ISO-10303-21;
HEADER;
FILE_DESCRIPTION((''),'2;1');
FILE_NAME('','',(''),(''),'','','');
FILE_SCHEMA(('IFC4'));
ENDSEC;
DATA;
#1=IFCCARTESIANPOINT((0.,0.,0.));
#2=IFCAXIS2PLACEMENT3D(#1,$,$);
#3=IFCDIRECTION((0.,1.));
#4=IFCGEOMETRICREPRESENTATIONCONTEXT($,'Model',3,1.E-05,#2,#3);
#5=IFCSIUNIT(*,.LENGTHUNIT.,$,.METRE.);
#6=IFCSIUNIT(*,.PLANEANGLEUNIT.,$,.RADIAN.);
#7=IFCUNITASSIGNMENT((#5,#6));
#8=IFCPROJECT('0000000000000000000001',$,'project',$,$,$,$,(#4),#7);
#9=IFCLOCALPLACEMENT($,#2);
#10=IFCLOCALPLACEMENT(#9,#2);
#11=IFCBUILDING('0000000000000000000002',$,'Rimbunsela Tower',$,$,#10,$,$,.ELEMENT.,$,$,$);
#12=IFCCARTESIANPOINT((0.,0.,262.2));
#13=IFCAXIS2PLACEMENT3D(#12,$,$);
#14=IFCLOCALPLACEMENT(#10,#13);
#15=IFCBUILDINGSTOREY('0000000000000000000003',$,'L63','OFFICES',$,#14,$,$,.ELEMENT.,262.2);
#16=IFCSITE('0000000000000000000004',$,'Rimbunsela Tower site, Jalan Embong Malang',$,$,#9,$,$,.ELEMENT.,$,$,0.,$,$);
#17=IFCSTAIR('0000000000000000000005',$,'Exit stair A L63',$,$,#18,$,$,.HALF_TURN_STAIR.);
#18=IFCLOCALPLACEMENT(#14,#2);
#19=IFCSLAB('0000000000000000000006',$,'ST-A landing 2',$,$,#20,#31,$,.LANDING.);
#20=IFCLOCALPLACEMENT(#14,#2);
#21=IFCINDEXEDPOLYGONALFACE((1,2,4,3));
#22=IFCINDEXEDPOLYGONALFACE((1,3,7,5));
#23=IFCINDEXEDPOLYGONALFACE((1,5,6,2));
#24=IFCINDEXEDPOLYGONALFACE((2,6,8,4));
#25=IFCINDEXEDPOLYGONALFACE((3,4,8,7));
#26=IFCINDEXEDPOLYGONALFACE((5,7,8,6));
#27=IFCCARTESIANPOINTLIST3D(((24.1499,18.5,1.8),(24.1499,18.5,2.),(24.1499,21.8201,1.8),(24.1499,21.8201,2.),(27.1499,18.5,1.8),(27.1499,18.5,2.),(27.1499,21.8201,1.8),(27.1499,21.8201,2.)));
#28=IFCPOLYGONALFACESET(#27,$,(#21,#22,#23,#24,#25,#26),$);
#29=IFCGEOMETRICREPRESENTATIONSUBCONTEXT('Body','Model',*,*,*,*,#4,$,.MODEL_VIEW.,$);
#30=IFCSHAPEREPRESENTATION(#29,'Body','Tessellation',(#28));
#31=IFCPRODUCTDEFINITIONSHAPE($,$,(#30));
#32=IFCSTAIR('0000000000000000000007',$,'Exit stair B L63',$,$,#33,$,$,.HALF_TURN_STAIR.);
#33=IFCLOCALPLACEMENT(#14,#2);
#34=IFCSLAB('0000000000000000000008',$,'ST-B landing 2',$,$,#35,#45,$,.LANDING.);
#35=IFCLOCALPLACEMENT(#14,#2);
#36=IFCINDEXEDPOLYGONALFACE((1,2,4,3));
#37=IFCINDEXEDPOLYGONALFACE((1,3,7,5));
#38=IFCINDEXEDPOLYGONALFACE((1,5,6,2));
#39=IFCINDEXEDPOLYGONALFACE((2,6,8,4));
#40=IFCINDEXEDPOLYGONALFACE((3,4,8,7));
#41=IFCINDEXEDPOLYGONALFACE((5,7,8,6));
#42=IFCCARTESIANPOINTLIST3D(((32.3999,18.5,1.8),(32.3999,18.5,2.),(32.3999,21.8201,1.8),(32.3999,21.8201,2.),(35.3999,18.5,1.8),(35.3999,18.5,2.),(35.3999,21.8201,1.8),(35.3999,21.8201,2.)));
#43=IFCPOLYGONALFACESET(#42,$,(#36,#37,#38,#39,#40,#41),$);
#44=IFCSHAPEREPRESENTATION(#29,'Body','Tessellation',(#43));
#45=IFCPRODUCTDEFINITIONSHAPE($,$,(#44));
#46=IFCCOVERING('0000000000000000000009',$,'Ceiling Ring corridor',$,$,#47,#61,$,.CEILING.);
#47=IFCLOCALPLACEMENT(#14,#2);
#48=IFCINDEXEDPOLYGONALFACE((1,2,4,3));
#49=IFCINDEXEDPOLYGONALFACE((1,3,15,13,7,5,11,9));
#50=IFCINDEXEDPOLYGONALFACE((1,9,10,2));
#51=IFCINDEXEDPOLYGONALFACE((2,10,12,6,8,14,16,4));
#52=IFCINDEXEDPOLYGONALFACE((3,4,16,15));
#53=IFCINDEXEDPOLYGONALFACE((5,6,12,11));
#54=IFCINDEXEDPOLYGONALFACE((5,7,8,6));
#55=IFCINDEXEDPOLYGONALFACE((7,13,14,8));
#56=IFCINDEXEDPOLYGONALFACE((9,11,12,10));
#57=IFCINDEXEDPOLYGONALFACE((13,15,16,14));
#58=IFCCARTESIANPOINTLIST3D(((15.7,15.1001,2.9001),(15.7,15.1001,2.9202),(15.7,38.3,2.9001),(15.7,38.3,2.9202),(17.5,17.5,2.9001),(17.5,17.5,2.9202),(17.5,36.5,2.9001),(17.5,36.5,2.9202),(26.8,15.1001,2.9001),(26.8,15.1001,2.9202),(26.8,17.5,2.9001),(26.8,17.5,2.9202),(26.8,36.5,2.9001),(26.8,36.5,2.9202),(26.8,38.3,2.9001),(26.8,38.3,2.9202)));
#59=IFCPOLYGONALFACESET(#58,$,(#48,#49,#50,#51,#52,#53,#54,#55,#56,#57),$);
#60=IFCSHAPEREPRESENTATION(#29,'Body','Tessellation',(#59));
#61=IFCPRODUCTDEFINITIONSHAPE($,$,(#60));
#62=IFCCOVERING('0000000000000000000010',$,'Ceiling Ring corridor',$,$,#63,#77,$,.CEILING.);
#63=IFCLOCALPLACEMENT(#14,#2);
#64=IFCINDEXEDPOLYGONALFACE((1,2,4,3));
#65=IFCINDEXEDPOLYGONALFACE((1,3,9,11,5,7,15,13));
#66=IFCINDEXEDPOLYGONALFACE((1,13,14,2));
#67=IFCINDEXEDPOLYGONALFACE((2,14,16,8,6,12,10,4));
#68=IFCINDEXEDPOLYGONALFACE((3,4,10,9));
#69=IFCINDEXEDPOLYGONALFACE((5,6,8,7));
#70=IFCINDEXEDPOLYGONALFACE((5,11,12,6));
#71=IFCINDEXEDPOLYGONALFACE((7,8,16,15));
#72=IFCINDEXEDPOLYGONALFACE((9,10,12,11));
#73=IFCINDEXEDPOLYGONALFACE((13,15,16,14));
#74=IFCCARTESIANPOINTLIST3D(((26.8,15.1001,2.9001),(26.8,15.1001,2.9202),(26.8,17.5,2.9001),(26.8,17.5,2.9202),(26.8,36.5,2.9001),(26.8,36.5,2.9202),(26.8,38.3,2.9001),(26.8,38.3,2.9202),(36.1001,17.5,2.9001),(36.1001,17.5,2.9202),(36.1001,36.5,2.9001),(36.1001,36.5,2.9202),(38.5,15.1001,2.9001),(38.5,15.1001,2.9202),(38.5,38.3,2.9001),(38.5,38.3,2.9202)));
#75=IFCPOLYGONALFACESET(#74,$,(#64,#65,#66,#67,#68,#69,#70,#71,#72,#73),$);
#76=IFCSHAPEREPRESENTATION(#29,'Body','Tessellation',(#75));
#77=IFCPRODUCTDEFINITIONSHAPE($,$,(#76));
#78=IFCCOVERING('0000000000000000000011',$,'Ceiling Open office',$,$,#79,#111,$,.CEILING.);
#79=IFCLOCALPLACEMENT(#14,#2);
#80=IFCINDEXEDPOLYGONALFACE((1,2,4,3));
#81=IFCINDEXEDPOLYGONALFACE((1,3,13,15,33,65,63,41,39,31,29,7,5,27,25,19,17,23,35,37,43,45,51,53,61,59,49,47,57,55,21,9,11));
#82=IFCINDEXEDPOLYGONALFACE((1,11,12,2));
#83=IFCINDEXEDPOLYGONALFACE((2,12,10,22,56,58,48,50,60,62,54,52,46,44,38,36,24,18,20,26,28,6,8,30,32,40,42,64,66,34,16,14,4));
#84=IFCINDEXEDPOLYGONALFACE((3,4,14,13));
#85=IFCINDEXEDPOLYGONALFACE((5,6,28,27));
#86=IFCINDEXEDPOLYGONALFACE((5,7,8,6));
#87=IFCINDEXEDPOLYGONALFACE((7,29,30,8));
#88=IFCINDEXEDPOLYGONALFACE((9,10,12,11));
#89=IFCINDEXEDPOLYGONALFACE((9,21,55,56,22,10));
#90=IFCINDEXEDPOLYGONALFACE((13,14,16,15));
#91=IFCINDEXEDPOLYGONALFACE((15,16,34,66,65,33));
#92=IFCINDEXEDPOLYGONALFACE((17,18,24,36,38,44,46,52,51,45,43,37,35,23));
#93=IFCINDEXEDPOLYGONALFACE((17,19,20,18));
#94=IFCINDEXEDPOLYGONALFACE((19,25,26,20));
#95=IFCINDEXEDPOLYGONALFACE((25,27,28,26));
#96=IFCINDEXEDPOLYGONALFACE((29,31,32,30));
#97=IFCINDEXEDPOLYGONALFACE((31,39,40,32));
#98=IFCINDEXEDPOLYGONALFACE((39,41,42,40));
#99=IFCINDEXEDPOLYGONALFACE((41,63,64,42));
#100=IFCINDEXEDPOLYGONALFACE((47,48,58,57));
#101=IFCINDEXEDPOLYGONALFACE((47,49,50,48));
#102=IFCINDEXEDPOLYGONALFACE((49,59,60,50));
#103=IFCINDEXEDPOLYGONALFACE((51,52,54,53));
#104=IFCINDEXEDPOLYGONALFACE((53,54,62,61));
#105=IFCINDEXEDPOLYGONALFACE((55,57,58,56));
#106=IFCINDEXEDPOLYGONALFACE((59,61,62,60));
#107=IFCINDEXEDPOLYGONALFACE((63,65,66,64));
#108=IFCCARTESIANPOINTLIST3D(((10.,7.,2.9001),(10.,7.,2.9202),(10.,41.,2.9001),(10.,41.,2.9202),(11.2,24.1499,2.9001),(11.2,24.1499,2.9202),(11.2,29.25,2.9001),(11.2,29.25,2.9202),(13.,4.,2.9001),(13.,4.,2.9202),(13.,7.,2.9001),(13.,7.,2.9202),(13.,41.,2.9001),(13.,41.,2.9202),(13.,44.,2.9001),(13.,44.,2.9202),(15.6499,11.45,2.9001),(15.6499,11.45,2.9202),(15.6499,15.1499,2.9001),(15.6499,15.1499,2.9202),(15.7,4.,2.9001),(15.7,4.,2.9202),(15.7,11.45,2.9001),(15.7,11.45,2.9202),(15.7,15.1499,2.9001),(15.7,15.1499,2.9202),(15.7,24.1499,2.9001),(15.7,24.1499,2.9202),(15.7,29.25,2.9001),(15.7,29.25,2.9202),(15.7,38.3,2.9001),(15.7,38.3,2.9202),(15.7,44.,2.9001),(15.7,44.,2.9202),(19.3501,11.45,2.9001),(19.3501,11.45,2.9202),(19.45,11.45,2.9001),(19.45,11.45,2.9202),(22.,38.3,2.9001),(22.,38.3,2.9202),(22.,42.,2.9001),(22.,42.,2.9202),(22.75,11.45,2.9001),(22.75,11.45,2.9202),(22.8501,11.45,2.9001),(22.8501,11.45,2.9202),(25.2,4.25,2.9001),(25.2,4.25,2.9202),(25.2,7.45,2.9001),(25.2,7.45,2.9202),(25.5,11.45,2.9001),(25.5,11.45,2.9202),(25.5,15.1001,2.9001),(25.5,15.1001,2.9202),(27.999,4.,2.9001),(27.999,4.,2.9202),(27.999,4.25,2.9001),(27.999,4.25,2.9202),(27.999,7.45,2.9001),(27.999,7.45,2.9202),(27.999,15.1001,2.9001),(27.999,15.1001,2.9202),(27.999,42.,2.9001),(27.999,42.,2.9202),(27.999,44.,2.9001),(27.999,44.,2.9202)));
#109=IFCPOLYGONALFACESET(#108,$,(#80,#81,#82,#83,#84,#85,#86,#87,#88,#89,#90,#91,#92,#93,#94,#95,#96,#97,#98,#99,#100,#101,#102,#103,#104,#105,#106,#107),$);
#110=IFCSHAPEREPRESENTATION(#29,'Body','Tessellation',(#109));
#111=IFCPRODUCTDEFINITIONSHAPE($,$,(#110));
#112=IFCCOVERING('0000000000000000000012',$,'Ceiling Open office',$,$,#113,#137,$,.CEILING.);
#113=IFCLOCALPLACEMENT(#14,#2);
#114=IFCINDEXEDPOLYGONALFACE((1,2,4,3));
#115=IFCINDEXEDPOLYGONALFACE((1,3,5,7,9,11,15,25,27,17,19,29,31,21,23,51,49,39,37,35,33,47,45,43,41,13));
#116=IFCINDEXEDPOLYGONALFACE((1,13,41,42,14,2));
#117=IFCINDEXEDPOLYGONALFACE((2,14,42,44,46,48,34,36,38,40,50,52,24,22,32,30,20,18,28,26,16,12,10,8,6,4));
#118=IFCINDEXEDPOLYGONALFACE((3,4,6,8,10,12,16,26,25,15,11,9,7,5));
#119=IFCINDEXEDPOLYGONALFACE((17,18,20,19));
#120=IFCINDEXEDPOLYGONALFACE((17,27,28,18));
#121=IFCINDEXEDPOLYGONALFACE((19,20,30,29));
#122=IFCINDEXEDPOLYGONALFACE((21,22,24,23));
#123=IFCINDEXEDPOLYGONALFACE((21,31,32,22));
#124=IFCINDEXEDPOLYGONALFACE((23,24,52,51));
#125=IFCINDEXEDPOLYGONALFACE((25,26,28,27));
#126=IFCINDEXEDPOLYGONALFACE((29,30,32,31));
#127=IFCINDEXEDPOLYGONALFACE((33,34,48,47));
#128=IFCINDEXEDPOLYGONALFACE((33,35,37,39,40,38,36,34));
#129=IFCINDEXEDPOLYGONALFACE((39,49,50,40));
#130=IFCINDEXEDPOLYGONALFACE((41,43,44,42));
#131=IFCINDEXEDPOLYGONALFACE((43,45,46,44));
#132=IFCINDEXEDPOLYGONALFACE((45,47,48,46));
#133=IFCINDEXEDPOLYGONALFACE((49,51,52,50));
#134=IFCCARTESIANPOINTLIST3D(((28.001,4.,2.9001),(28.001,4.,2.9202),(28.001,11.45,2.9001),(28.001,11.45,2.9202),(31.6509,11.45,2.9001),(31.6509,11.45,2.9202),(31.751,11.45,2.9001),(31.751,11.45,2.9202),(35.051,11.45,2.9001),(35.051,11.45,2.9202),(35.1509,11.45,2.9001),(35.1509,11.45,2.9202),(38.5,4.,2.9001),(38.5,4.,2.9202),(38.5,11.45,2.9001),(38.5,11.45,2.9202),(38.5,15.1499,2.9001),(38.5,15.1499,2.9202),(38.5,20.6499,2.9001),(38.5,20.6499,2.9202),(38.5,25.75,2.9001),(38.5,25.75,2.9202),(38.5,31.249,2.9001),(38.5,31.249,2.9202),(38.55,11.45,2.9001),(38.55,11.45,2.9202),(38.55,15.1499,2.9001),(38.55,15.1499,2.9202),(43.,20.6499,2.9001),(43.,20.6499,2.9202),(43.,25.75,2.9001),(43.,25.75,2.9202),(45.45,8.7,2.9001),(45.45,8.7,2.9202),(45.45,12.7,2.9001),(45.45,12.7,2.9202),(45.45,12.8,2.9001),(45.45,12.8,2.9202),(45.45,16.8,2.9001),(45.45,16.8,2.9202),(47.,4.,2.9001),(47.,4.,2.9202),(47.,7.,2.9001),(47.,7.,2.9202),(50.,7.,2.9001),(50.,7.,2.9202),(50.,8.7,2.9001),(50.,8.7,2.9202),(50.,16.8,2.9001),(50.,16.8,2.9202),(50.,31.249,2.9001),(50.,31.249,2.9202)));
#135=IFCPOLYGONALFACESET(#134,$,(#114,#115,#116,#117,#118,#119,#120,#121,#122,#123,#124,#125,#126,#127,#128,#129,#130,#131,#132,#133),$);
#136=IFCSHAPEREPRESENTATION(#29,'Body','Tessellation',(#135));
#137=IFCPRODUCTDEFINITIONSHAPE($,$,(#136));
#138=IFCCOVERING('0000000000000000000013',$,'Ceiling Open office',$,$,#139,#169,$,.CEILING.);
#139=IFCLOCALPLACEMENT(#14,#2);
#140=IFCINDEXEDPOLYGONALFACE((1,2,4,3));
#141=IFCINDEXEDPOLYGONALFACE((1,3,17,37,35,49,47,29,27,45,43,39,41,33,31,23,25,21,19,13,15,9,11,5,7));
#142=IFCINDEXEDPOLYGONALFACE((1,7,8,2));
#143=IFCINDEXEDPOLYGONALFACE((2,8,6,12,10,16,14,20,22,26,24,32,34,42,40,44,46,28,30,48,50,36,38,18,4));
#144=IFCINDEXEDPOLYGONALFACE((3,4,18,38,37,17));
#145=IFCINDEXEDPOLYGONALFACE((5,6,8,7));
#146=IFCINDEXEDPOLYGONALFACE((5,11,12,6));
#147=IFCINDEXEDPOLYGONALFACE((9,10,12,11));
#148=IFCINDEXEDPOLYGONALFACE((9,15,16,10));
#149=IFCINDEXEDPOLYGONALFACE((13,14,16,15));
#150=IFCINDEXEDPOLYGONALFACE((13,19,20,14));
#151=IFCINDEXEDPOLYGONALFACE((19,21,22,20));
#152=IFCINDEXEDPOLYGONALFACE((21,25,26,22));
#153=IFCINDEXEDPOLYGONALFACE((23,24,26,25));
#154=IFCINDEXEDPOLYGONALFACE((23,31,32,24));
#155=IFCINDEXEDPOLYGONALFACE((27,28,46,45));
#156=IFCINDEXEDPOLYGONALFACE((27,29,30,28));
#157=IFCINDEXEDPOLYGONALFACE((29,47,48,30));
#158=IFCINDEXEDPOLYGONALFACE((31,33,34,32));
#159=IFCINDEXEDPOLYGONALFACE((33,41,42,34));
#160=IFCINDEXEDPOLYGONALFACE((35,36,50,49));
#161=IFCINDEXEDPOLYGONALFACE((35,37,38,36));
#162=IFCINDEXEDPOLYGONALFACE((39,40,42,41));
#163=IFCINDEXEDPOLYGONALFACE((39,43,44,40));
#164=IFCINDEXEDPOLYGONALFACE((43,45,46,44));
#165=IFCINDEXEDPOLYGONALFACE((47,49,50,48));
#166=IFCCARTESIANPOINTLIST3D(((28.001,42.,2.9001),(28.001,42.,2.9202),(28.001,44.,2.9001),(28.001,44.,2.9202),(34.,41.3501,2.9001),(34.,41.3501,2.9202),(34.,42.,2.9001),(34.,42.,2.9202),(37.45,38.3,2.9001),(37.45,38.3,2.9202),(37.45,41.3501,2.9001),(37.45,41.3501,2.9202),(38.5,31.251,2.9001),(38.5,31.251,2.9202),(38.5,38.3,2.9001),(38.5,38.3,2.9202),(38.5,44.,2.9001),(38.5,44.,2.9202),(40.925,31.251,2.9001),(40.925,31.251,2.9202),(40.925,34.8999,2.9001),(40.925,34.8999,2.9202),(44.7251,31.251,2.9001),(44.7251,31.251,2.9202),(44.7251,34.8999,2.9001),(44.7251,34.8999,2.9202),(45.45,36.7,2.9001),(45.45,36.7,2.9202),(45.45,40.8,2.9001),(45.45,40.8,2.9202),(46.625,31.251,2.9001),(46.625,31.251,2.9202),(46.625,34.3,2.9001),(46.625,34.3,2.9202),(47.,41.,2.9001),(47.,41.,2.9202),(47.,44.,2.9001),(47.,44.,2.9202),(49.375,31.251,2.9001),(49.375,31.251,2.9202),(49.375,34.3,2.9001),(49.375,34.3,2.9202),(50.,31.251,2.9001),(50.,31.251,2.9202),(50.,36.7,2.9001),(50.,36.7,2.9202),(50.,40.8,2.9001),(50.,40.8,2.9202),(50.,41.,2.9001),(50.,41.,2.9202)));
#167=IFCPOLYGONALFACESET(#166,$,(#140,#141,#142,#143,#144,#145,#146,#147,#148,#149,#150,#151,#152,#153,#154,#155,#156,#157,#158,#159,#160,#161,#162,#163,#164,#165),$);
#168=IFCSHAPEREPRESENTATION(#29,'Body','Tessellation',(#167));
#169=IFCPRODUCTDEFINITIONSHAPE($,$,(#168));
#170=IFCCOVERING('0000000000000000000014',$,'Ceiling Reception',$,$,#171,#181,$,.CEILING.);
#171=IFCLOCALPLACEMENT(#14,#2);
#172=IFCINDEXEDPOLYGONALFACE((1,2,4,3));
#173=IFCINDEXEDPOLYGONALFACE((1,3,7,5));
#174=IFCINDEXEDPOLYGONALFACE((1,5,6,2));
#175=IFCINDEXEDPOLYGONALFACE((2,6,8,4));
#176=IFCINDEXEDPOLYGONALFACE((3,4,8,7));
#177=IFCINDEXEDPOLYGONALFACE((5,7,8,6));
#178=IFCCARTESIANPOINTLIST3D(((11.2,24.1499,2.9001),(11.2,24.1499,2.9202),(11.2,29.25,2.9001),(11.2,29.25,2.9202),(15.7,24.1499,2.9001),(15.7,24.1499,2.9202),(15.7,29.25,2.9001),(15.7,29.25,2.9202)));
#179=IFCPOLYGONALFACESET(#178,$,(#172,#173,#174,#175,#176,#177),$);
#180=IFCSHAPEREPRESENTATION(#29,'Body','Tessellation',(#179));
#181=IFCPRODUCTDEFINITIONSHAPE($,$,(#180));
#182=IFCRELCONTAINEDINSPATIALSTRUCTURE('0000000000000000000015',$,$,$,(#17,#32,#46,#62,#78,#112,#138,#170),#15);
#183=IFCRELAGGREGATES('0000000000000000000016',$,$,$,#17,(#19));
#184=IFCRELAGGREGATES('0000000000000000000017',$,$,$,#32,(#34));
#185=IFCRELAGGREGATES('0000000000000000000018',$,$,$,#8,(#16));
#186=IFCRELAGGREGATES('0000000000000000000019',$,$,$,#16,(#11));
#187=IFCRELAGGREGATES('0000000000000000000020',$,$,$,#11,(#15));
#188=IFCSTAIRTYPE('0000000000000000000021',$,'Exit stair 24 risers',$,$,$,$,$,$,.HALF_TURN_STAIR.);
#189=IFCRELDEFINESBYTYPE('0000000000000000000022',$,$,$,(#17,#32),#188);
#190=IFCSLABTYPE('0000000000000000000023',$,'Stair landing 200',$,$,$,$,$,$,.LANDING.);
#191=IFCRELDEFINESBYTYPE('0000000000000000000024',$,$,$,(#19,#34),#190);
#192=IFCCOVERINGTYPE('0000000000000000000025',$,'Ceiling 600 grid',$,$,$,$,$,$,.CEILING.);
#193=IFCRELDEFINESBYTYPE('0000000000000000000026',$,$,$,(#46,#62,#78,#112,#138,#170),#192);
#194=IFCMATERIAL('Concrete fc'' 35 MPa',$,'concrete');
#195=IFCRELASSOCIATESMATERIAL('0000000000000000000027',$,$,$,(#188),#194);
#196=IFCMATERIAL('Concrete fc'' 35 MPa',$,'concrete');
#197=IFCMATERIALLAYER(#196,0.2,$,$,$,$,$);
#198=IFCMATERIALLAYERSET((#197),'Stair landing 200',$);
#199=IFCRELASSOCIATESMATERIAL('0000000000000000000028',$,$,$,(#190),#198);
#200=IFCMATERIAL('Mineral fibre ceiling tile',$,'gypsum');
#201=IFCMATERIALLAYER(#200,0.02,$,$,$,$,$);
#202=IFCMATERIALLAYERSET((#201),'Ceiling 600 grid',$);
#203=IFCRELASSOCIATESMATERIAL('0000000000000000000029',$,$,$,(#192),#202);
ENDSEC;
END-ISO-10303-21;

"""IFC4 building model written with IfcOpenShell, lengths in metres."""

from ifc_helpers import new_model, si_unit, direction, frame, origin, place, context, subcontext, project, spatial, polyline, outline, extrude, material, layer, layer_set, type_object, element, aggregate, save


model = new_model("IFC4")

# Units and contexts
model_context = context("Model", 3, precision=1e-05, world=origin(), true_north=direction((0.0, 1.0)))
body_context = subcontext(model_context, "Body", "Model", "MODEL_VIEW")
ifc_project = project(units=[si_unit("LENGTHUNIT", "METRE"), si_unit("PLANEANGLEUNIT", "RADIAN")], contexts=[model_context])

# Site, building, storey
site_placement = place(None, origin())
site = spatial("IfcSite", under=ifc_project, at=site_placement, Name="Rimbunsela Tower site, Jalan Embong Malang", CompositionType="ELEMENT", RefElevation=0.0)
building_placement = place(site_placement, origin())
building = spatial("IfcBuilding", under=site, at=building_placement, Name="Rimbunsela Tower", CompositionType="ELEMENT")
storey_placement = place(building_placement, frame((0.0, 0.0, 262.2)))
storey = spatial("IfcBuildingStorey", under=building, at=storey_placement, Name="L63", Description="OFFICES", CompositionType="ELEMENT", Elevation=262.2)

# Stairs, slabs
ifc_material_1 = material(Name="Concrete fc' 35 MPa", Category="concrete")
stair_type = type_object("IfcStairType", Name="Exit stair 24 risers", PredefinedType="HALF_TURN_STAIR", material=ifc_material_1)
stair_1_placement = place(storey_placement, origin())
stair_1 = element("IfcStair", 1, at=stair_1_placement, inside=storey, type_object=stair_type, Name="Exit stair A L63", PredefinedType="HALF_TURN_STAIR")
ifc_material_2 = material(Name="Concrete fc' 35 MPa", Category="concrete")
ifc_layer_1 = layer(ifc_material_2, 0.2)
ifc_layer_set_1 = layer_set([ifc_layer_1], Name="Stair landing 200")
slab_type = type_object("IfcSlabType", Name="Stair landing 200", PredefinedType="LANDING", material=ifc_layer_set_1)
slab_1_placement = place(storey_placement, frame((0.0, 0.0, 1.8)))
slab_1 = element("IfcSlab", 2, at=slab_1_placement, type_object=slab_type, Name="ST-A landing 2", PredefinedType="LANDING", context=body_context, shape_type="SweptSolid", body=[
    extrude(outline(polyline([(24.1499, 18.5), (27.1499, 18.5), (27.1499, 21.8201), (24.1499, 21.8201), (24.1499, 18.5)])), origin(), (0.0, 0.0, 1.0), 0.2),
])
aggregate(stair_1, [slab_1])
stair_2_placement = place(storey_placement, origin())
stair_2 = element("IfcStair", 3, at=stair_2_placement, inside=storey, type_object=stair_type, Name="Exit stair B L63", PredefinedType="HALF_TURN_STAIR")
slab_2_placement = place(storey_placement, frame((0.0, 0.0, 1.8)))
slab_2 = element("IfcSlab", 4, at=slab_2_placement, type_object=slab_type, Name="ST-B landing 2", PredefinedType="LANDING", context=body_context, shape_type="SweptSolid", body=[
    extrude(outline(polyline([(32.3999, 18.5), (35.3999, 18.5), (35.3999, 21.8201), (32.3999, 21.8201), (32.3999, 18.5)])), origin(), (0.0, 0.0, 1.0), 0.2),
])
aggregate(stair_2, [slab_2])

# Coverings
ifc_material_3 = material(Name="Mineral fibre ceiling tile", Category="gypsum")
ifc_layer_2 = layer(ifc_material_3, 0.02)
ifc_layer_set_2 = layer_set([ifc_layer_2], Name="Ceiling 600 grid")
covering_type_1 = type_object("IfcCoveringType", Name="Ceiling 600 grid", PredefinedType="CEILING", material=ifc_layer_set_2)
covering_1_placement = place(storey_placement, frame((0.0, 0.0, 2.9001)))
element("IfcCovering", 5, at=covering_1_placement, inside=storey, type_object=covering_type_1, Name="Ceiling Ring corridor", PredefinedType="CEILING", context=body_context, shape_type="SweptSolid", body=[
    extrude(outline(polyline([(15.7, 38.3), (26.8, 38.3), (26.8, 36.5), (17.5, 36.5), (17.5, 17.5), (26.8, 17.5), (26.8, 15.1001), (15.7, 15.1001), (15.7, 38.3)])), origin(), (0.0, 0.0, 1.0), 0.02),
])
covering_2_placement = place(storey_placement, frame((0.0, 0.0, 2.9001)))
element("IfcCovering", 6, at=covering_2_placement, inside=storey, type_object=covering_type_1, Name="Ceiling Ring corridor", PredefinedType="CEILING", context=body_context, shape_type="SweptSolid", body=[
    extrude(outline(polyline([(38.5, 38.3), (38.5, 15.1001), (26.8, 15.1001), (26.8, 17.5), (36.1001, 17.5), (36.1001, 36.5), (26.8, 36.5), (26.8, 38.3), (38.5, 38.3)])), origin(), (0.0, 0.0, 1.0), 0.02),
])
covering_3_placement = place(storey_placement, frame((0.0, 0.0, 2.9001)))
element("IfcCovering", 7, at=covering_3_placement, inside=storey, type_object=covering_type_1, Name="Ceiling Open office", PredefinedType="CEILING", context=body_context, shape_type="SweptSolid", body=[
    extrude(outline(polyline([(19.45, 11.45), (22.75, 11.45), (22.8501, 11.45), (25.5, 11.45), (25.5, 15.1001), (27.999, 15.1001), (27.999, 7.45), (25.2, 7.45), (25.2, 4.25), (27.999, 4.25), (27.999, 4.0), (15.7, 4.0), (13.0, 4.0), (13.0, 7.0), (10.0, 7.0), (10.0, 41.0), (13.0, 41.0), (13.0, 44.0), (15.7, 44.0), (27.999, 44.0), (27.999, 42.0), (22.0, 42.0), (22.0, 38.3), (15.7, 38.3), (15.7, 29.25), (11.2, 29.25), (11.2, 24.1499), (15.7, 24.1499), (15.7, 15.1499), (15.6499, 15.1499), (15.6499, 11.45), (15.7, 11.45), (19.3501, 11.45), (19.45, 11.45)])), origin(), (0.0, 0.0, 1.0), 0.02),
])
covering_4_placement = place(storey_placement, frame((0.0, 0.0, 2.9001)))
element("IfcCovering", 8, at=covering_4_placement, inside=storey, type_object=covering_type_1, Name="Ceiling Open office", PredefinedType="CEILING", context=body_context, shape_type="SweptSolid", body=[
    extrude(outline(polyline([(28.001, 11.45), (31.6509, 11.45), (31.751, 11.45), (35.051, 11.45), (35.1509, 11.45), (38.5, 11.45), (38.55, 11.45), (38.55, 15.1499), (38.5, 15.1499), (38.5, 20.6499), (43.0, 20.6499), (43.0, 25.75), (38.5, 25.75), (38.5, 31.249), (50.0, 31.249), (50.0, 16.8), (45.45, 16.8), (45.45, 12.8), (45.45, 12.7), (45.45, 8.7), (50.0, 8.7), (50.0, 7.0), (47.0, 7.0), (47.0, 4.0), (38.5, 4.0), (28.001, 4.0), (28.001, 11.45)])), origin(), (0.0, 0.0, 1.0), 0.02),
])
covering_5_placement = place(storey_placement, frame((0.0, 0.0, 2.9001)))
element("IfcCovering", 9, at=covering_5_placement, inside=storey, type_object=covering_type_1, Name="Ceiling Open office", PredefinedType="CEILING", context=body_context, shape_type="SweptSolid", body=[
    extrude(outline(polyline([(50.0, 40.8), (45.45, 40.8), (45.45, 36.7), (50.0, 36.7), (50.0, 31.251), (49.375, 31.251), (49.375, 34.3), (46.625, 34.3), (46.625, 31.251), (44.7251, 31.251), (44.7251, 34.8999), (40.925, 34.8999), (40.925, 31.251), (38.5, 31.251), (38.5, 38.3), (37.45, 38.3), (37.45, 41.3501), (34.0, 41.3501), (34.0, 42.0), (28.001, 42.0), (28.001, 44.0), (38.5, 44.0), (47.0, 44.0), (47.0, 41.0), (50.0, 41.0), (50.0, 40.8)])), origin(), (0.0, 0.0, 1.0), 0.02),
])
covering_6_placement = place(storey_placement, frame((0.0, 0.0, 2.9001)))
element("IfcCovering", 10, at=covering_6_placement, inside=storey, type_object=covering_type_1, Name="Ceiling Reception", PredefinedType="CEILING", context=body_context, shape_type="SweptSolid", body=[
    extrude(outline(polyline([(15.7, 24.1499), (15.7, 29.25), (11.2, 29.25), (11.2, 24.1499), (15.7, 24.1499)])), origin(), (0.0, 0.0, 1.0), 0.02),
])

save(model, "model.ifc")
